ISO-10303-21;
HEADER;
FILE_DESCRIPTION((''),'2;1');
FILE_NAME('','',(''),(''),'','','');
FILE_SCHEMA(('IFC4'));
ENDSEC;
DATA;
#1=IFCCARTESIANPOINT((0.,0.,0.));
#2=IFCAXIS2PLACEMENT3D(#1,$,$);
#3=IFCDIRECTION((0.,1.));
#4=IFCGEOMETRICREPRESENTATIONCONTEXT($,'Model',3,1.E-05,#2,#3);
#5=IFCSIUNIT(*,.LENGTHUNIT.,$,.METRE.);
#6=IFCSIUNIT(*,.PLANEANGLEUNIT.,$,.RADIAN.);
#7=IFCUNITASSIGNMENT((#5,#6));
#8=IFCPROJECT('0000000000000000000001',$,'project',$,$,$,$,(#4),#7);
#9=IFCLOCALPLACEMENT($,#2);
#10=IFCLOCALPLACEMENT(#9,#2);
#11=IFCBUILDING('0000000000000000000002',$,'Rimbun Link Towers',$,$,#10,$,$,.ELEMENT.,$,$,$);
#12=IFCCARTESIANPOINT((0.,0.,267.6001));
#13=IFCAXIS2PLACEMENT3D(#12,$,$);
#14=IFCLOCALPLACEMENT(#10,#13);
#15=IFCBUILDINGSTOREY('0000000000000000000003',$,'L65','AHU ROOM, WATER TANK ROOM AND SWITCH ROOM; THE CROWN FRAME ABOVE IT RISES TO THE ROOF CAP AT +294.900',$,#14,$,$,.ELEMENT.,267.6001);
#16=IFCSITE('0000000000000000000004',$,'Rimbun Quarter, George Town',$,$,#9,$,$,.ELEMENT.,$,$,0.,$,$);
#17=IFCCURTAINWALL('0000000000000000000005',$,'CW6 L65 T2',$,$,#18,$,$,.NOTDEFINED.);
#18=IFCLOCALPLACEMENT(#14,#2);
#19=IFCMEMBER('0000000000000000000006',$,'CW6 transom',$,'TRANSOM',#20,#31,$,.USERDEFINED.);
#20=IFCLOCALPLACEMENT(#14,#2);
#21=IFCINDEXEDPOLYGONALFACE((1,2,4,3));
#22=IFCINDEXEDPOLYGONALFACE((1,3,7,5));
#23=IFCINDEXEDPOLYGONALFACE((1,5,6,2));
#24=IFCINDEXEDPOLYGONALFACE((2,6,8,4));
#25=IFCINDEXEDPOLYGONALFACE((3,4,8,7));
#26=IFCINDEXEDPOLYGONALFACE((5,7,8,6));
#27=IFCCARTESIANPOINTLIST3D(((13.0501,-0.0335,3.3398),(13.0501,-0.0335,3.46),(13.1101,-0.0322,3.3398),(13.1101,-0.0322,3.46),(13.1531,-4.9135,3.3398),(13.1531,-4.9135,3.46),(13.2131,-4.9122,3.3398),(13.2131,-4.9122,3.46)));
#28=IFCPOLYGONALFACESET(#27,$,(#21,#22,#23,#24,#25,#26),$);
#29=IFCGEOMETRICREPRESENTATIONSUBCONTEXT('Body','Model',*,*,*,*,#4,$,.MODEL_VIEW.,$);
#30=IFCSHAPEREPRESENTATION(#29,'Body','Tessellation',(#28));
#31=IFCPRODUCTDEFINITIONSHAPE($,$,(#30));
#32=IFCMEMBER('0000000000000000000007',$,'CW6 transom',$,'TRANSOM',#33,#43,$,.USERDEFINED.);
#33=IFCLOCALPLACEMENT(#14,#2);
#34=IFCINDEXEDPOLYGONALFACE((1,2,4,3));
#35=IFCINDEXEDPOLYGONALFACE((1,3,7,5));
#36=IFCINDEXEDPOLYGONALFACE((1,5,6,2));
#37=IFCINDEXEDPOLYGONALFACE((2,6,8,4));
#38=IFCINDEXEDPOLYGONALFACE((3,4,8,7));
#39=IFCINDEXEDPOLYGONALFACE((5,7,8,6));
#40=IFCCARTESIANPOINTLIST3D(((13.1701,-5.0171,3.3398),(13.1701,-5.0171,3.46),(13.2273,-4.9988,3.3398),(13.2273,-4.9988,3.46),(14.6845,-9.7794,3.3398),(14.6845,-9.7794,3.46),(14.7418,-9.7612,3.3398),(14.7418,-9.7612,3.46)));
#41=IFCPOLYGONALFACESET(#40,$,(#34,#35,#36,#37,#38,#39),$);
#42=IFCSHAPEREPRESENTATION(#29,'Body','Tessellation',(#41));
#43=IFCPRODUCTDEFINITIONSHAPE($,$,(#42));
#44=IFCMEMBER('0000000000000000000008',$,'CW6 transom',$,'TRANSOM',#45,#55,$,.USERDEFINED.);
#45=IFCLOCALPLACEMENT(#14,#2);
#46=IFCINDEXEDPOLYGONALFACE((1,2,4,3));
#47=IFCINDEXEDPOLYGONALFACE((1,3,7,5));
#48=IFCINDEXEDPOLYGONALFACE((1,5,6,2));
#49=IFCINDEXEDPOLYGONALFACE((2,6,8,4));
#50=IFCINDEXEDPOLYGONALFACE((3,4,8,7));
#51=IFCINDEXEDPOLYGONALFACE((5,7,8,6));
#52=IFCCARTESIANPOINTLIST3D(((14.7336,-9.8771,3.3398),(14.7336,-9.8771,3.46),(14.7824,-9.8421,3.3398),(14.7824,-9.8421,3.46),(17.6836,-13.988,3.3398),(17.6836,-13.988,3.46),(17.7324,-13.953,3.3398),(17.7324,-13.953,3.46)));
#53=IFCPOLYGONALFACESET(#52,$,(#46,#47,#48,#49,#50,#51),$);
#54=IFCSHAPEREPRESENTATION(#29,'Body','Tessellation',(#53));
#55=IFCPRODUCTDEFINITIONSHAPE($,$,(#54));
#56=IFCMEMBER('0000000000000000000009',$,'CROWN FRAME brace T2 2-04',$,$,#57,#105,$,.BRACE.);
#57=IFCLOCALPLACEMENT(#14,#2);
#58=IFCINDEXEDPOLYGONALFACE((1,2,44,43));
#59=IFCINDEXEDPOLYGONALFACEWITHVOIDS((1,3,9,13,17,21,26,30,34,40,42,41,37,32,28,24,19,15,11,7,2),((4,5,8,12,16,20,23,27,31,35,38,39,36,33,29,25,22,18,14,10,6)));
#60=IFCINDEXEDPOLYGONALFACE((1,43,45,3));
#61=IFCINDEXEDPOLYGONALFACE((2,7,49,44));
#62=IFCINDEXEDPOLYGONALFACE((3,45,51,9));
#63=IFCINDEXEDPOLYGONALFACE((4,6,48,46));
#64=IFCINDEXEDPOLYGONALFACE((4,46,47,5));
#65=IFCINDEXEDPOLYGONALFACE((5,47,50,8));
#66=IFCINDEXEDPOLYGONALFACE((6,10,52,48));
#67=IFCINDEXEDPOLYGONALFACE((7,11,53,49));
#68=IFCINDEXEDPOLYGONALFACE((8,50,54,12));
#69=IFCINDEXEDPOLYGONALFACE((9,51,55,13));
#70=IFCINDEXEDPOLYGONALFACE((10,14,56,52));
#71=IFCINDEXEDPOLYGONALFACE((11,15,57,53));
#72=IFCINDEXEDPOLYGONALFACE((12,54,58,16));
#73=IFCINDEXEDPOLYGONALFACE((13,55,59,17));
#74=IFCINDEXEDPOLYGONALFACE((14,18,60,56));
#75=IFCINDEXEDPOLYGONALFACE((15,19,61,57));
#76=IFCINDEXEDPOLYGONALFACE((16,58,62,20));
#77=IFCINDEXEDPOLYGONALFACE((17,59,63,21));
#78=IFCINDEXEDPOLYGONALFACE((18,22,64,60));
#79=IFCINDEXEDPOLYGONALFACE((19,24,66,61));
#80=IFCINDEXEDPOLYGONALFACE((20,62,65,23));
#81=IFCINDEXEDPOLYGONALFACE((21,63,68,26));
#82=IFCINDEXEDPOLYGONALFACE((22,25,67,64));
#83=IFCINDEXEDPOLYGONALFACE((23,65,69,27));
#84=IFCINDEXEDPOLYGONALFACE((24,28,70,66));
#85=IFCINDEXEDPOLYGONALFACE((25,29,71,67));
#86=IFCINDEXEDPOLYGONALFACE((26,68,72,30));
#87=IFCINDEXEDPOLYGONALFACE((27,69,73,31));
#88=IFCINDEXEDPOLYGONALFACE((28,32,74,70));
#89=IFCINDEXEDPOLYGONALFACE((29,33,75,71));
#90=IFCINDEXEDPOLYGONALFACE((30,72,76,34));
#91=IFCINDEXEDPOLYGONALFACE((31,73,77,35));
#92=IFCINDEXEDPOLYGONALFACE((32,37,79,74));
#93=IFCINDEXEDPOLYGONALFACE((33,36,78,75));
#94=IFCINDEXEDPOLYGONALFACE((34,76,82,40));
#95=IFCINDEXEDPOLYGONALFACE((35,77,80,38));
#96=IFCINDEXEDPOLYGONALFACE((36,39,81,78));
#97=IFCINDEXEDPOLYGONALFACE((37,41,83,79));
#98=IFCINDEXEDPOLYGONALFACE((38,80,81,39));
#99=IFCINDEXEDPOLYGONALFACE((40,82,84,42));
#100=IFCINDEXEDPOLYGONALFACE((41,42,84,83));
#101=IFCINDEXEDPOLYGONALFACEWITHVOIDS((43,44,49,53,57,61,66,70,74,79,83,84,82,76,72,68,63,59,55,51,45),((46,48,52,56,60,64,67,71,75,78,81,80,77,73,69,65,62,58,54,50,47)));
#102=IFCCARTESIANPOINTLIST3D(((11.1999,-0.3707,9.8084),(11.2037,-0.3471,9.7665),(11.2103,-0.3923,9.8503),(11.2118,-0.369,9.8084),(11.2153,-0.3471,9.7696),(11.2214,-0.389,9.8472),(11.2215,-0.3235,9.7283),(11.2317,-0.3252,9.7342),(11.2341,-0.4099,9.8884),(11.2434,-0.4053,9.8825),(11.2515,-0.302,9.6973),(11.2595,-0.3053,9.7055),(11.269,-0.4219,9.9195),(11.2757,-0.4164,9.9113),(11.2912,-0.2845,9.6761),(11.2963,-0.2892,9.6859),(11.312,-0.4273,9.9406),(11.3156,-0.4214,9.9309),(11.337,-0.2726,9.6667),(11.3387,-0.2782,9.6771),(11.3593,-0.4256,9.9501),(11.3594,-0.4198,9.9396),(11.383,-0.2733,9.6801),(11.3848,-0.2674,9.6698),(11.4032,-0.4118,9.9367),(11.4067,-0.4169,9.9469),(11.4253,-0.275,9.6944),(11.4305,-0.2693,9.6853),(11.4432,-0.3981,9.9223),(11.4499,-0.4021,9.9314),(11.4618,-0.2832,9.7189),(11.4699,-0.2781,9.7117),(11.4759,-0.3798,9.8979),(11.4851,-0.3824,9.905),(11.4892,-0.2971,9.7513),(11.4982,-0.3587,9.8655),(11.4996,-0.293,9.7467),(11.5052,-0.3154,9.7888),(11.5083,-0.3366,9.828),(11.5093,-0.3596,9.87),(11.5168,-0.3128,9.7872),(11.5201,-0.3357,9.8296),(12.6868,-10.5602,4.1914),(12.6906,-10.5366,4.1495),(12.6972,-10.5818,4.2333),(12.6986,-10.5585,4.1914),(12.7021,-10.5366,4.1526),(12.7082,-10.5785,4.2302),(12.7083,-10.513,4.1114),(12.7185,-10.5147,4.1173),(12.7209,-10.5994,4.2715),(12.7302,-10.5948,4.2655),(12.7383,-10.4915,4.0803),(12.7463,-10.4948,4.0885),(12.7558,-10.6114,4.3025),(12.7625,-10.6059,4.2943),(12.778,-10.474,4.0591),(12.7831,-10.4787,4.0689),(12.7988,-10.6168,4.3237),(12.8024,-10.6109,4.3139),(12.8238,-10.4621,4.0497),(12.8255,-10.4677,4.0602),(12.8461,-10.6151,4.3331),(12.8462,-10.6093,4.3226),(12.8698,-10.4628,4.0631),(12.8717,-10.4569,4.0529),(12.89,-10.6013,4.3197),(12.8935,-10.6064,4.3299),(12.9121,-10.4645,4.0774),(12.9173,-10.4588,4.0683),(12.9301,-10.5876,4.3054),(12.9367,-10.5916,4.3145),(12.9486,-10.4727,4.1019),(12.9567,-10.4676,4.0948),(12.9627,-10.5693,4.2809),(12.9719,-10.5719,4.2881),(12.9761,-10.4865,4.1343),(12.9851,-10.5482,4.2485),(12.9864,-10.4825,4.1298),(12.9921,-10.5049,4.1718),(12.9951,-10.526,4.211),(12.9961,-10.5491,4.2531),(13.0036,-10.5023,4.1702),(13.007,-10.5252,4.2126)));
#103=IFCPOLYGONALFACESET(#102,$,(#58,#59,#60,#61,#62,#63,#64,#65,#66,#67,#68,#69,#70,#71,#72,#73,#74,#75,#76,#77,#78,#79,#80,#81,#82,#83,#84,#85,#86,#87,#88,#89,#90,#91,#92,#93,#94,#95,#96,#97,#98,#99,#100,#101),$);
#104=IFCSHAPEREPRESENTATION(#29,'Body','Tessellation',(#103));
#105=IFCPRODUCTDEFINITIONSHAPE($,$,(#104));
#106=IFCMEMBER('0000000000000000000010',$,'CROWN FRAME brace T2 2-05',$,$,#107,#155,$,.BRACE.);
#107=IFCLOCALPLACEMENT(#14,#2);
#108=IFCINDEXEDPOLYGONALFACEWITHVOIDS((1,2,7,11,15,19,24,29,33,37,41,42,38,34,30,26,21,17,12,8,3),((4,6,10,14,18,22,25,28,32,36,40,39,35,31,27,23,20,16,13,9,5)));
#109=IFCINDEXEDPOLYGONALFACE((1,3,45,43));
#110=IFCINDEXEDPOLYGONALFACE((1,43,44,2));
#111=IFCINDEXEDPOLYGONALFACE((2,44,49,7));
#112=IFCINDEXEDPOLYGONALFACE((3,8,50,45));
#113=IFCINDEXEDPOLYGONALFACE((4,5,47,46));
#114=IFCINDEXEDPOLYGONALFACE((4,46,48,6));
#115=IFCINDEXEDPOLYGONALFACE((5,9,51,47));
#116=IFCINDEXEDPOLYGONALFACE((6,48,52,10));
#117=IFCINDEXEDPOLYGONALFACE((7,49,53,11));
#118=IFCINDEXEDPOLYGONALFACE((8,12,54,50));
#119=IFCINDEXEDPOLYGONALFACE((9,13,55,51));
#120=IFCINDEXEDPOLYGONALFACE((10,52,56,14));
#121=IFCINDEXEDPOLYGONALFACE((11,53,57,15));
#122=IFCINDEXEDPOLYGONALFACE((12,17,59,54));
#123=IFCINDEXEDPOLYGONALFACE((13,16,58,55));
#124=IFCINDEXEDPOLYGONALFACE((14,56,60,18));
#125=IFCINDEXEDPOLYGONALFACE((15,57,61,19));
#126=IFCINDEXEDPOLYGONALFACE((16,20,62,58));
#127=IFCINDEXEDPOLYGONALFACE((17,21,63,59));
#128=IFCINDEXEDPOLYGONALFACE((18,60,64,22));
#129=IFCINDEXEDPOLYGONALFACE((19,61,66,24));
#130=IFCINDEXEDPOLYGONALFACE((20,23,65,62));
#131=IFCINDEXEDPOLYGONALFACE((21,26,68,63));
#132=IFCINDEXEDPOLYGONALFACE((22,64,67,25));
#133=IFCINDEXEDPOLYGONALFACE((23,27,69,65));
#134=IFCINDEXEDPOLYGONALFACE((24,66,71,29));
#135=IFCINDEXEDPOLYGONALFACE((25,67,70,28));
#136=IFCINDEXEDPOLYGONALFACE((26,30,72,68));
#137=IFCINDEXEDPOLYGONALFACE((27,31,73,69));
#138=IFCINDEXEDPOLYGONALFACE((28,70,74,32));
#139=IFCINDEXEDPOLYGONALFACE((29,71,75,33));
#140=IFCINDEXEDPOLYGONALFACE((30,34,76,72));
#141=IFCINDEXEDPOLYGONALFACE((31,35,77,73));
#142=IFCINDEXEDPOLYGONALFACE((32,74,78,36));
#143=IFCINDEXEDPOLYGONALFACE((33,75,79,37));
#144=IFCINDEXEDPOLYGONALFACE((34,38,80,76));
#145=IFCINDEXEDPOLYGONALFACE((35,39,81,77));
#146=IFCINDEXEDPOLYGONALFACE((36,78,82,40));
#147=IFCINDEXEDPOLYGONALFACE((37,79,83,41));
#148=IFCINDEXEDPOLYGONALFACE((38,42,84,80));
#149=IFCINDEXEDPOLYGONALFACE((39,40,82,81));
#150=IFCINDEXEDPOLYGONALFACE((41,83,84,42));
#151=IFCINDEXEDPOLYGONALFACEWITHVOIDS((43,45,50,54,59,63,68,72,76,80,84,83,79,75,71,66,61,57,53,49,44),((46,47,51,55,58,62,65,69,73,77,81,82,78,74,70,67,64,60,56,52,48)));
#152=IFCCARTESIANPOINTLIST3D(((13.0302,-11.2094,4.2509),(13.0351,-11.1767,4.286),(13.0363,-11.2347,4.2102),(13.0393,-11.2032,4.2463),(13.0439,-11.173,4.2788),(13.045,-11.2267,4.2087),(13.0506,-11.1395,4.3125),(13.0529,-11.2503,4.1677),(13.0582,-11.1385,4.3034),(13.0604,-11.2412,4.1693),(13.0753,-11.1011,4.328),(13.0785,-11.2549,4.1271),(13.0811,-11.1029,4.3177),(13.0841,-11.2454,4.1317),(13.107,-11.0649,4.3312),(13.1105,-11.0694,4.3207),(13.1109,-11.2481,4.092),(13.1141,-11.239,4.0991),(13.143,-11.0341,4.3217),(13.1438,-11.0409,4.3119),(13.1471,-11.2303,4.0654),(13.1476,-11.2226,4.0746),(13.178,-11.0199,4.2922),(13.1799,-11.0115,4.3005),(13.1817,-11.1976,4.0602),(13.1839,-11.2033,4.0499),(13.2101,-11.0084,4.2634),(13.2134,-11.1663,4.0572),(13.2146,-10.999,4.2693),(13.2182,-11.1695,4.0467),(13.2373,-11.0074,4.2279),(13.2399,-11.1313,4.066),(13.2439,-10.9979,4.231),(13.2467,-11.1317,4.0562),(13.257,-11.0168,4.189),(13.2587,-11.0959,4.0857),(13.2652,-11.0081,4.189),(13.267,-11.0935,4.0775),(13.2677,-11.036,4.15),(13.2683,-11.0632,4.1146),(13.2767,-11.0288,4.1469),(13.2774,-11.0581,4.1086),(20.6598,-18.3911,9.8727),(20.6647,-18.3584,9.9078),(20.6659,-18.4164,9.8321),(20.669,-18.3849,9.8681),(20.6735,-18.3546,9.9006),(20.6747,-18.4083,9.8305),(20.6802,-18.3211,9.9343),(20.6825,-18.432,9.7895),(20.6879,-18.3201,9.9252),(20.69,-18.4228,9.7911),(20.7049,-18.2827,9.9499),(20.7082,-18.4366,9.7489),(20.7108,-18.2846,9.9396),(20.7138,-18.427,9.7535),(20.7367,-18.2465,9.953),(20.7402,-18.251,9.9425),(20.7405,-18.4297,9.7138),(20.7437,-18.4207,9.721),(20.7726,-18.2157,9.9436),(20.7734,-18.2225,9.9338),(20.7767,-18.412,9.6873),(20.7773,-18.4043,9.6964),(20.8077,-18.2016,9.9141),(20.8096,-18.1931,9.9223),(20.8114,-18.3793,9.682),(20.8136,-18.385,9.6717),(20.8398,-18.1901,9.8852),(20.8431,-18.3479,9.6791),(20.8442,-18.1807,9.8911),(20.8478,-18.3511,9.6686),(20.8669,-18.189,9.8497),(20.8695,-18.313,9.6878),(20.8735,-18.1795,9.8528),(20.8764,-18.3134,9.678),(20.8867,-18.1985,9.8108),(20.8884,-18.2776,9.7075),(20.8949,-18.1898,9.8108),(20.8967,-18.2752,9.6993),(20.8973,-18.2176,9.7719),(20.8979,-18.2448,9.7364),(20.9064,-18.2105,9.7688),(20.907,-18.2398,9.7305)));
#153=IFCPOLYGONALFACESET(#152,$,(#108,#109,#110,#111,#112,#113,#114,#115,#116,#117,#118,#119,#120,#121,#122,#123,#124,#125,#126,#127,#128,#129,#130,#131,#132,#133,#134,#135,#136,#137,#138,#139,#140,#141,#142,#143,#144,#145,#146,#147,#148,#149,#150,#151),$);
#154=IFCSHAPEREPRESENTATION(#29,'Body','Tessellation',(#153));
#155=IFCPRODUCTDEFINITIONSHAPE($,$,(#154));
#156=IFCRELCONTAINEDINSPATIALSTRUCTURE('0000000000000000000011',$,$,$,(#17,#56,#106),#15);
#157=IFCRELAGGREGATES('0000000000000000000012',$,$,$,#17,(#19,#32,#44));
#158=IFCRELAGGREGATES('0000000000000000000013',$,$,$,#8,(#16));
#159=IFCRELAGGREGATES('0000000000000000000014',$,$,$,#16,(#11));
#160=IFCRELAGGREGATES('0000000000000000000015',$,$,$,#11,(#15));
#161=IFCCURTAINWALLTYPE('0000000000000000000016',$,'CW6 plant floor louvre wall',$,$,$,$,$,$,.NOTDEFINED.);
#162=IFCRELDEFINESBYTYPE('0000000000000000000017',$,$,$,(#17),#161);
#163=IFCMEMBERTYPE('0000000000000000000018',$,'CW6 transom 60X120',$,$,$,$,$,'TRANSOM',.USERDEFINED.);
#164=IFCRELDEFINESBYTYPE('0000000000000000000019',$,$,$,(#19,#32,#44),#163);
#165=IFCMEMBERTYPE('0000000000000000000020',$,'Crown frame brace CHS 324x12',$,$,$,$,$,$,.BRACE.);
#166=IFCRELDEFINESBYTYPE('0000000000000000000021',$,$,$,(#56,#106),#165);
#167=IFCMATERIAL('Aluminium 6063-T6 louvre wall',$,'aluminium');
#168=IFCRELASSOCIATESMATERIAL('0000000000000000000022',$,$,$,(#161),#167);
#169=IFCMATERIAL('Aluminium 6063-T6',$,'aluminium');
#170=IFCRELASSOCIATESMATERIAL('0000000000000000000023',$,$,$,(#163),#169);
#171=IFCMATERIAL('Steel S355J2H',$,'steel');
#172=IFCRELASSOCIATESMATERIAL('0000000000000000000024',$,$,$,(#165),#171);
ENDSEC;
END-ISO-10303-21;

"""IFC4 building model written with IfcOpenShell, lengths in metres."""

from ifc_helpers import new_model, si_unit, direction, frame, origin, origin_2d, place, context, subcontext, project, spatial, rectangle, hollow_circle, extrude, material, material_profile, profile_set, type_object, element, aggregate, save


model = new_model("IFC4")

# Units and contexts
model_context = context("Model", 3, precision=1e-05, world=origin(), true_north=direction((0.0, 1.0)))
body_context = subcontext(model_context, "Body", "Model", "MODEL_VIEW")
ifc_project = project(units=[si_unit("LENGTHUNIT", "METRE"), si_unit("PLANEANGLEUNIT", "RADIAN")], contexts=[model_context])

# Site, building, storey
site_placement = place(None, origin())
site = spatial("IfcSite", under=ifc_project, at=site_placement, Name="Rimbun Quarter, George Town", CompositionType="ELEMENT", RefElevation=0.0)
building_placement = place(site_placement, origin())
building = spatial("IfcBuilding", under=site, at=building_placement, Name="Rimbun Link Towers", CompositionType="ELEMENT")
storey_placement = place(building_placement, frame((0.0, 0.0, 267.6001)))
storey = spatial("IfcBuildingStorey", under=building, at=storey_placement, Name="L65", Description="AHU ROOM, WATER TANK ROOM AND SWITCH ROOM; THE CROWN FRAME ABOVE IT RISES TO THE ROOF CAP AT +294.900", CompositionType="ELEMENT", Elevation=267.6001)

# Curtain wall, members
ifc_material_1 = material(Name="Aluminium 6063-T6 louvre wall", Category="aluminium")
curtain_wall_type = type_object("IfcCurtainWallType", Name="CW6 plant floor louvre wall", PredefinedType="NOTDEFINED", material=ifc_material_1)
curtain_wall_placement = place(storey_placement, origin())
curtain_wall = element("IfcCurtainWall", 1, at=curtain_wall_placement, inside=storey, type_object=curtain_wall_type, Name="CW6 L65 T2", PredefinedType="NOTDEFINED")
ifc_material_2 = material(Name="Aluminium 6063-T6", Category="aluminium")
ifc_material_profile_1 = material_profile(ifc_material_2, rectangle(XDim=0.0601, YDim=0.1201, at=origin_2d()), Name="TRANSOM 60X120")
ifc_profile_set_1 = profile_set([ifc_material_profile_1], Name="Aluminium 6063-T6")
member_type_1 = type_object("IfcMemberType", Name="CW6 transom 60X120", ElementType="TRANSOM", PredefinedType="USERDEFINED", material=ifc_profile_set_1)
member_1_placement = place(storey_placement, frame((13.1831, -4.9128, 3.3999), z_axis=(-0.021107, 0.999777, 0.0), x_axis=(-0.999777, -0.021107, 0.0)))
member_1 = element("IfcMember", 2, at=member_1_placement, type_object=member_type_1, Name="CW6 transom", ObjectType="TRANSOM", PredefinedType="USERDEFINED", context=body_context, shape_type="SweptSolid", body=[
    extrude(rectangle(XDim=0.0601, YDim=0.1201, at=origin_2d()), origin(), (0.0, 0.0, 1.0), 4.8811),
])
member_2_placement = place(storey_placement, frame((14.7131, -9.7703, 3.3999), z_axis=(-0.30305, 0.952975, 0.0), x_axis=(-0.952975, -0.30305, 0.0)))
member_2 = element("IfcMember", 3, at=member_2_placement, type_object=member_type_1, Name="CW6 transom", ObjectType="TRANSOM", PredefinedType="USERDEFINED", context=body_context, shape_type="SweptSolid", body=[
    extrude(rectangle(XDim=0.0601, YDim=0.1201, at=origin_2d()), origin(), (0.0, 0.0, 1.0), 4.9973),
])
member_3_placement = place(storey_placement, frame((17.708, -13.9705, 3.3999), z_axis=(-0.583021, 0.812457, 0.0), x_axis=(-0.812457, -0.583021, 0.0)))
member_3 = element("IfcMember", 4, at=member_3_placement, type_object=member_type_1, Name="CW6 transom", ObjectType="TRANSOM", PredefinedType="USERDEFINED", context=body_context, shape_type="SweptSolid", body=[
    extrude(rectangle(XDim=0.0601, YDim=0.1201, at=origin_2d()), origin(), (0.0, 0.0, 1.0), 5.0598),
])
aggregate(curtain_wall, [member_1, member_2, member_3])

# Members
ifc_material_3 = material(Name="Steel S355J2H", Category="steel")
ifc_material_profile_2 = material_profile(ifc_material_3, hollow_circle(Radius=0.1619, WallThickness=0.012, at=origin_2d()), Name="Crown frame brace CHS 324x12")
ifc_profile_set_2 = profile_set([ifc_material_profile_2], Name="Steel S355J2H")
member_type_2 = type_object("IfcMemberType", Name="Crown frame brace CHS 324x12", PredefinedType="BRACE", material=ifc_profile_set_2)
member_4_placement = place(storey_placement, frame((12.8469, -10.5369, 4.1914), z_axis=(-0.126757, 0.868689, 0.478865), x_axis=(-0.989521, -0.144388, 0.0)))
element("IfcMember", 5, at=member_4_placement, inside=storey, type_object=member_type_2, Name="CROWN FRAME brace T2 2-04", PredefinedType="BRACE", context=body_context, shape_type="SweptSolid", body=[
    extrude(hollow_circle(Radius=0.1619, WallThickness=0.012, at=origin_2d()), origin(), (0.0, 0.0, 1.0), 11.7297),
])
member_5_placement = place(storey_placement, frame((13.1543, -11.126, 4.189), z_axis=(0.64164, -0.603964, 0.472786), x_axis=(0.685405, 0.728162, 0.0)))
element("IfcMember", 6, at=member_5_placement, inside=storey, type_object=member_type_2, Name="CROWN FRAME brace T2 2-05", PredefinedType="BRACE", context=body_context, shape_type="SweptSolid", body=[
    extrude(hollow_circle(Radius=0.1619, WallThickness=0.012, at=origin_2d()), origin(), (0.0, 0.0, 1.0), 11.8909),
])

save(model, "model.ifc")
